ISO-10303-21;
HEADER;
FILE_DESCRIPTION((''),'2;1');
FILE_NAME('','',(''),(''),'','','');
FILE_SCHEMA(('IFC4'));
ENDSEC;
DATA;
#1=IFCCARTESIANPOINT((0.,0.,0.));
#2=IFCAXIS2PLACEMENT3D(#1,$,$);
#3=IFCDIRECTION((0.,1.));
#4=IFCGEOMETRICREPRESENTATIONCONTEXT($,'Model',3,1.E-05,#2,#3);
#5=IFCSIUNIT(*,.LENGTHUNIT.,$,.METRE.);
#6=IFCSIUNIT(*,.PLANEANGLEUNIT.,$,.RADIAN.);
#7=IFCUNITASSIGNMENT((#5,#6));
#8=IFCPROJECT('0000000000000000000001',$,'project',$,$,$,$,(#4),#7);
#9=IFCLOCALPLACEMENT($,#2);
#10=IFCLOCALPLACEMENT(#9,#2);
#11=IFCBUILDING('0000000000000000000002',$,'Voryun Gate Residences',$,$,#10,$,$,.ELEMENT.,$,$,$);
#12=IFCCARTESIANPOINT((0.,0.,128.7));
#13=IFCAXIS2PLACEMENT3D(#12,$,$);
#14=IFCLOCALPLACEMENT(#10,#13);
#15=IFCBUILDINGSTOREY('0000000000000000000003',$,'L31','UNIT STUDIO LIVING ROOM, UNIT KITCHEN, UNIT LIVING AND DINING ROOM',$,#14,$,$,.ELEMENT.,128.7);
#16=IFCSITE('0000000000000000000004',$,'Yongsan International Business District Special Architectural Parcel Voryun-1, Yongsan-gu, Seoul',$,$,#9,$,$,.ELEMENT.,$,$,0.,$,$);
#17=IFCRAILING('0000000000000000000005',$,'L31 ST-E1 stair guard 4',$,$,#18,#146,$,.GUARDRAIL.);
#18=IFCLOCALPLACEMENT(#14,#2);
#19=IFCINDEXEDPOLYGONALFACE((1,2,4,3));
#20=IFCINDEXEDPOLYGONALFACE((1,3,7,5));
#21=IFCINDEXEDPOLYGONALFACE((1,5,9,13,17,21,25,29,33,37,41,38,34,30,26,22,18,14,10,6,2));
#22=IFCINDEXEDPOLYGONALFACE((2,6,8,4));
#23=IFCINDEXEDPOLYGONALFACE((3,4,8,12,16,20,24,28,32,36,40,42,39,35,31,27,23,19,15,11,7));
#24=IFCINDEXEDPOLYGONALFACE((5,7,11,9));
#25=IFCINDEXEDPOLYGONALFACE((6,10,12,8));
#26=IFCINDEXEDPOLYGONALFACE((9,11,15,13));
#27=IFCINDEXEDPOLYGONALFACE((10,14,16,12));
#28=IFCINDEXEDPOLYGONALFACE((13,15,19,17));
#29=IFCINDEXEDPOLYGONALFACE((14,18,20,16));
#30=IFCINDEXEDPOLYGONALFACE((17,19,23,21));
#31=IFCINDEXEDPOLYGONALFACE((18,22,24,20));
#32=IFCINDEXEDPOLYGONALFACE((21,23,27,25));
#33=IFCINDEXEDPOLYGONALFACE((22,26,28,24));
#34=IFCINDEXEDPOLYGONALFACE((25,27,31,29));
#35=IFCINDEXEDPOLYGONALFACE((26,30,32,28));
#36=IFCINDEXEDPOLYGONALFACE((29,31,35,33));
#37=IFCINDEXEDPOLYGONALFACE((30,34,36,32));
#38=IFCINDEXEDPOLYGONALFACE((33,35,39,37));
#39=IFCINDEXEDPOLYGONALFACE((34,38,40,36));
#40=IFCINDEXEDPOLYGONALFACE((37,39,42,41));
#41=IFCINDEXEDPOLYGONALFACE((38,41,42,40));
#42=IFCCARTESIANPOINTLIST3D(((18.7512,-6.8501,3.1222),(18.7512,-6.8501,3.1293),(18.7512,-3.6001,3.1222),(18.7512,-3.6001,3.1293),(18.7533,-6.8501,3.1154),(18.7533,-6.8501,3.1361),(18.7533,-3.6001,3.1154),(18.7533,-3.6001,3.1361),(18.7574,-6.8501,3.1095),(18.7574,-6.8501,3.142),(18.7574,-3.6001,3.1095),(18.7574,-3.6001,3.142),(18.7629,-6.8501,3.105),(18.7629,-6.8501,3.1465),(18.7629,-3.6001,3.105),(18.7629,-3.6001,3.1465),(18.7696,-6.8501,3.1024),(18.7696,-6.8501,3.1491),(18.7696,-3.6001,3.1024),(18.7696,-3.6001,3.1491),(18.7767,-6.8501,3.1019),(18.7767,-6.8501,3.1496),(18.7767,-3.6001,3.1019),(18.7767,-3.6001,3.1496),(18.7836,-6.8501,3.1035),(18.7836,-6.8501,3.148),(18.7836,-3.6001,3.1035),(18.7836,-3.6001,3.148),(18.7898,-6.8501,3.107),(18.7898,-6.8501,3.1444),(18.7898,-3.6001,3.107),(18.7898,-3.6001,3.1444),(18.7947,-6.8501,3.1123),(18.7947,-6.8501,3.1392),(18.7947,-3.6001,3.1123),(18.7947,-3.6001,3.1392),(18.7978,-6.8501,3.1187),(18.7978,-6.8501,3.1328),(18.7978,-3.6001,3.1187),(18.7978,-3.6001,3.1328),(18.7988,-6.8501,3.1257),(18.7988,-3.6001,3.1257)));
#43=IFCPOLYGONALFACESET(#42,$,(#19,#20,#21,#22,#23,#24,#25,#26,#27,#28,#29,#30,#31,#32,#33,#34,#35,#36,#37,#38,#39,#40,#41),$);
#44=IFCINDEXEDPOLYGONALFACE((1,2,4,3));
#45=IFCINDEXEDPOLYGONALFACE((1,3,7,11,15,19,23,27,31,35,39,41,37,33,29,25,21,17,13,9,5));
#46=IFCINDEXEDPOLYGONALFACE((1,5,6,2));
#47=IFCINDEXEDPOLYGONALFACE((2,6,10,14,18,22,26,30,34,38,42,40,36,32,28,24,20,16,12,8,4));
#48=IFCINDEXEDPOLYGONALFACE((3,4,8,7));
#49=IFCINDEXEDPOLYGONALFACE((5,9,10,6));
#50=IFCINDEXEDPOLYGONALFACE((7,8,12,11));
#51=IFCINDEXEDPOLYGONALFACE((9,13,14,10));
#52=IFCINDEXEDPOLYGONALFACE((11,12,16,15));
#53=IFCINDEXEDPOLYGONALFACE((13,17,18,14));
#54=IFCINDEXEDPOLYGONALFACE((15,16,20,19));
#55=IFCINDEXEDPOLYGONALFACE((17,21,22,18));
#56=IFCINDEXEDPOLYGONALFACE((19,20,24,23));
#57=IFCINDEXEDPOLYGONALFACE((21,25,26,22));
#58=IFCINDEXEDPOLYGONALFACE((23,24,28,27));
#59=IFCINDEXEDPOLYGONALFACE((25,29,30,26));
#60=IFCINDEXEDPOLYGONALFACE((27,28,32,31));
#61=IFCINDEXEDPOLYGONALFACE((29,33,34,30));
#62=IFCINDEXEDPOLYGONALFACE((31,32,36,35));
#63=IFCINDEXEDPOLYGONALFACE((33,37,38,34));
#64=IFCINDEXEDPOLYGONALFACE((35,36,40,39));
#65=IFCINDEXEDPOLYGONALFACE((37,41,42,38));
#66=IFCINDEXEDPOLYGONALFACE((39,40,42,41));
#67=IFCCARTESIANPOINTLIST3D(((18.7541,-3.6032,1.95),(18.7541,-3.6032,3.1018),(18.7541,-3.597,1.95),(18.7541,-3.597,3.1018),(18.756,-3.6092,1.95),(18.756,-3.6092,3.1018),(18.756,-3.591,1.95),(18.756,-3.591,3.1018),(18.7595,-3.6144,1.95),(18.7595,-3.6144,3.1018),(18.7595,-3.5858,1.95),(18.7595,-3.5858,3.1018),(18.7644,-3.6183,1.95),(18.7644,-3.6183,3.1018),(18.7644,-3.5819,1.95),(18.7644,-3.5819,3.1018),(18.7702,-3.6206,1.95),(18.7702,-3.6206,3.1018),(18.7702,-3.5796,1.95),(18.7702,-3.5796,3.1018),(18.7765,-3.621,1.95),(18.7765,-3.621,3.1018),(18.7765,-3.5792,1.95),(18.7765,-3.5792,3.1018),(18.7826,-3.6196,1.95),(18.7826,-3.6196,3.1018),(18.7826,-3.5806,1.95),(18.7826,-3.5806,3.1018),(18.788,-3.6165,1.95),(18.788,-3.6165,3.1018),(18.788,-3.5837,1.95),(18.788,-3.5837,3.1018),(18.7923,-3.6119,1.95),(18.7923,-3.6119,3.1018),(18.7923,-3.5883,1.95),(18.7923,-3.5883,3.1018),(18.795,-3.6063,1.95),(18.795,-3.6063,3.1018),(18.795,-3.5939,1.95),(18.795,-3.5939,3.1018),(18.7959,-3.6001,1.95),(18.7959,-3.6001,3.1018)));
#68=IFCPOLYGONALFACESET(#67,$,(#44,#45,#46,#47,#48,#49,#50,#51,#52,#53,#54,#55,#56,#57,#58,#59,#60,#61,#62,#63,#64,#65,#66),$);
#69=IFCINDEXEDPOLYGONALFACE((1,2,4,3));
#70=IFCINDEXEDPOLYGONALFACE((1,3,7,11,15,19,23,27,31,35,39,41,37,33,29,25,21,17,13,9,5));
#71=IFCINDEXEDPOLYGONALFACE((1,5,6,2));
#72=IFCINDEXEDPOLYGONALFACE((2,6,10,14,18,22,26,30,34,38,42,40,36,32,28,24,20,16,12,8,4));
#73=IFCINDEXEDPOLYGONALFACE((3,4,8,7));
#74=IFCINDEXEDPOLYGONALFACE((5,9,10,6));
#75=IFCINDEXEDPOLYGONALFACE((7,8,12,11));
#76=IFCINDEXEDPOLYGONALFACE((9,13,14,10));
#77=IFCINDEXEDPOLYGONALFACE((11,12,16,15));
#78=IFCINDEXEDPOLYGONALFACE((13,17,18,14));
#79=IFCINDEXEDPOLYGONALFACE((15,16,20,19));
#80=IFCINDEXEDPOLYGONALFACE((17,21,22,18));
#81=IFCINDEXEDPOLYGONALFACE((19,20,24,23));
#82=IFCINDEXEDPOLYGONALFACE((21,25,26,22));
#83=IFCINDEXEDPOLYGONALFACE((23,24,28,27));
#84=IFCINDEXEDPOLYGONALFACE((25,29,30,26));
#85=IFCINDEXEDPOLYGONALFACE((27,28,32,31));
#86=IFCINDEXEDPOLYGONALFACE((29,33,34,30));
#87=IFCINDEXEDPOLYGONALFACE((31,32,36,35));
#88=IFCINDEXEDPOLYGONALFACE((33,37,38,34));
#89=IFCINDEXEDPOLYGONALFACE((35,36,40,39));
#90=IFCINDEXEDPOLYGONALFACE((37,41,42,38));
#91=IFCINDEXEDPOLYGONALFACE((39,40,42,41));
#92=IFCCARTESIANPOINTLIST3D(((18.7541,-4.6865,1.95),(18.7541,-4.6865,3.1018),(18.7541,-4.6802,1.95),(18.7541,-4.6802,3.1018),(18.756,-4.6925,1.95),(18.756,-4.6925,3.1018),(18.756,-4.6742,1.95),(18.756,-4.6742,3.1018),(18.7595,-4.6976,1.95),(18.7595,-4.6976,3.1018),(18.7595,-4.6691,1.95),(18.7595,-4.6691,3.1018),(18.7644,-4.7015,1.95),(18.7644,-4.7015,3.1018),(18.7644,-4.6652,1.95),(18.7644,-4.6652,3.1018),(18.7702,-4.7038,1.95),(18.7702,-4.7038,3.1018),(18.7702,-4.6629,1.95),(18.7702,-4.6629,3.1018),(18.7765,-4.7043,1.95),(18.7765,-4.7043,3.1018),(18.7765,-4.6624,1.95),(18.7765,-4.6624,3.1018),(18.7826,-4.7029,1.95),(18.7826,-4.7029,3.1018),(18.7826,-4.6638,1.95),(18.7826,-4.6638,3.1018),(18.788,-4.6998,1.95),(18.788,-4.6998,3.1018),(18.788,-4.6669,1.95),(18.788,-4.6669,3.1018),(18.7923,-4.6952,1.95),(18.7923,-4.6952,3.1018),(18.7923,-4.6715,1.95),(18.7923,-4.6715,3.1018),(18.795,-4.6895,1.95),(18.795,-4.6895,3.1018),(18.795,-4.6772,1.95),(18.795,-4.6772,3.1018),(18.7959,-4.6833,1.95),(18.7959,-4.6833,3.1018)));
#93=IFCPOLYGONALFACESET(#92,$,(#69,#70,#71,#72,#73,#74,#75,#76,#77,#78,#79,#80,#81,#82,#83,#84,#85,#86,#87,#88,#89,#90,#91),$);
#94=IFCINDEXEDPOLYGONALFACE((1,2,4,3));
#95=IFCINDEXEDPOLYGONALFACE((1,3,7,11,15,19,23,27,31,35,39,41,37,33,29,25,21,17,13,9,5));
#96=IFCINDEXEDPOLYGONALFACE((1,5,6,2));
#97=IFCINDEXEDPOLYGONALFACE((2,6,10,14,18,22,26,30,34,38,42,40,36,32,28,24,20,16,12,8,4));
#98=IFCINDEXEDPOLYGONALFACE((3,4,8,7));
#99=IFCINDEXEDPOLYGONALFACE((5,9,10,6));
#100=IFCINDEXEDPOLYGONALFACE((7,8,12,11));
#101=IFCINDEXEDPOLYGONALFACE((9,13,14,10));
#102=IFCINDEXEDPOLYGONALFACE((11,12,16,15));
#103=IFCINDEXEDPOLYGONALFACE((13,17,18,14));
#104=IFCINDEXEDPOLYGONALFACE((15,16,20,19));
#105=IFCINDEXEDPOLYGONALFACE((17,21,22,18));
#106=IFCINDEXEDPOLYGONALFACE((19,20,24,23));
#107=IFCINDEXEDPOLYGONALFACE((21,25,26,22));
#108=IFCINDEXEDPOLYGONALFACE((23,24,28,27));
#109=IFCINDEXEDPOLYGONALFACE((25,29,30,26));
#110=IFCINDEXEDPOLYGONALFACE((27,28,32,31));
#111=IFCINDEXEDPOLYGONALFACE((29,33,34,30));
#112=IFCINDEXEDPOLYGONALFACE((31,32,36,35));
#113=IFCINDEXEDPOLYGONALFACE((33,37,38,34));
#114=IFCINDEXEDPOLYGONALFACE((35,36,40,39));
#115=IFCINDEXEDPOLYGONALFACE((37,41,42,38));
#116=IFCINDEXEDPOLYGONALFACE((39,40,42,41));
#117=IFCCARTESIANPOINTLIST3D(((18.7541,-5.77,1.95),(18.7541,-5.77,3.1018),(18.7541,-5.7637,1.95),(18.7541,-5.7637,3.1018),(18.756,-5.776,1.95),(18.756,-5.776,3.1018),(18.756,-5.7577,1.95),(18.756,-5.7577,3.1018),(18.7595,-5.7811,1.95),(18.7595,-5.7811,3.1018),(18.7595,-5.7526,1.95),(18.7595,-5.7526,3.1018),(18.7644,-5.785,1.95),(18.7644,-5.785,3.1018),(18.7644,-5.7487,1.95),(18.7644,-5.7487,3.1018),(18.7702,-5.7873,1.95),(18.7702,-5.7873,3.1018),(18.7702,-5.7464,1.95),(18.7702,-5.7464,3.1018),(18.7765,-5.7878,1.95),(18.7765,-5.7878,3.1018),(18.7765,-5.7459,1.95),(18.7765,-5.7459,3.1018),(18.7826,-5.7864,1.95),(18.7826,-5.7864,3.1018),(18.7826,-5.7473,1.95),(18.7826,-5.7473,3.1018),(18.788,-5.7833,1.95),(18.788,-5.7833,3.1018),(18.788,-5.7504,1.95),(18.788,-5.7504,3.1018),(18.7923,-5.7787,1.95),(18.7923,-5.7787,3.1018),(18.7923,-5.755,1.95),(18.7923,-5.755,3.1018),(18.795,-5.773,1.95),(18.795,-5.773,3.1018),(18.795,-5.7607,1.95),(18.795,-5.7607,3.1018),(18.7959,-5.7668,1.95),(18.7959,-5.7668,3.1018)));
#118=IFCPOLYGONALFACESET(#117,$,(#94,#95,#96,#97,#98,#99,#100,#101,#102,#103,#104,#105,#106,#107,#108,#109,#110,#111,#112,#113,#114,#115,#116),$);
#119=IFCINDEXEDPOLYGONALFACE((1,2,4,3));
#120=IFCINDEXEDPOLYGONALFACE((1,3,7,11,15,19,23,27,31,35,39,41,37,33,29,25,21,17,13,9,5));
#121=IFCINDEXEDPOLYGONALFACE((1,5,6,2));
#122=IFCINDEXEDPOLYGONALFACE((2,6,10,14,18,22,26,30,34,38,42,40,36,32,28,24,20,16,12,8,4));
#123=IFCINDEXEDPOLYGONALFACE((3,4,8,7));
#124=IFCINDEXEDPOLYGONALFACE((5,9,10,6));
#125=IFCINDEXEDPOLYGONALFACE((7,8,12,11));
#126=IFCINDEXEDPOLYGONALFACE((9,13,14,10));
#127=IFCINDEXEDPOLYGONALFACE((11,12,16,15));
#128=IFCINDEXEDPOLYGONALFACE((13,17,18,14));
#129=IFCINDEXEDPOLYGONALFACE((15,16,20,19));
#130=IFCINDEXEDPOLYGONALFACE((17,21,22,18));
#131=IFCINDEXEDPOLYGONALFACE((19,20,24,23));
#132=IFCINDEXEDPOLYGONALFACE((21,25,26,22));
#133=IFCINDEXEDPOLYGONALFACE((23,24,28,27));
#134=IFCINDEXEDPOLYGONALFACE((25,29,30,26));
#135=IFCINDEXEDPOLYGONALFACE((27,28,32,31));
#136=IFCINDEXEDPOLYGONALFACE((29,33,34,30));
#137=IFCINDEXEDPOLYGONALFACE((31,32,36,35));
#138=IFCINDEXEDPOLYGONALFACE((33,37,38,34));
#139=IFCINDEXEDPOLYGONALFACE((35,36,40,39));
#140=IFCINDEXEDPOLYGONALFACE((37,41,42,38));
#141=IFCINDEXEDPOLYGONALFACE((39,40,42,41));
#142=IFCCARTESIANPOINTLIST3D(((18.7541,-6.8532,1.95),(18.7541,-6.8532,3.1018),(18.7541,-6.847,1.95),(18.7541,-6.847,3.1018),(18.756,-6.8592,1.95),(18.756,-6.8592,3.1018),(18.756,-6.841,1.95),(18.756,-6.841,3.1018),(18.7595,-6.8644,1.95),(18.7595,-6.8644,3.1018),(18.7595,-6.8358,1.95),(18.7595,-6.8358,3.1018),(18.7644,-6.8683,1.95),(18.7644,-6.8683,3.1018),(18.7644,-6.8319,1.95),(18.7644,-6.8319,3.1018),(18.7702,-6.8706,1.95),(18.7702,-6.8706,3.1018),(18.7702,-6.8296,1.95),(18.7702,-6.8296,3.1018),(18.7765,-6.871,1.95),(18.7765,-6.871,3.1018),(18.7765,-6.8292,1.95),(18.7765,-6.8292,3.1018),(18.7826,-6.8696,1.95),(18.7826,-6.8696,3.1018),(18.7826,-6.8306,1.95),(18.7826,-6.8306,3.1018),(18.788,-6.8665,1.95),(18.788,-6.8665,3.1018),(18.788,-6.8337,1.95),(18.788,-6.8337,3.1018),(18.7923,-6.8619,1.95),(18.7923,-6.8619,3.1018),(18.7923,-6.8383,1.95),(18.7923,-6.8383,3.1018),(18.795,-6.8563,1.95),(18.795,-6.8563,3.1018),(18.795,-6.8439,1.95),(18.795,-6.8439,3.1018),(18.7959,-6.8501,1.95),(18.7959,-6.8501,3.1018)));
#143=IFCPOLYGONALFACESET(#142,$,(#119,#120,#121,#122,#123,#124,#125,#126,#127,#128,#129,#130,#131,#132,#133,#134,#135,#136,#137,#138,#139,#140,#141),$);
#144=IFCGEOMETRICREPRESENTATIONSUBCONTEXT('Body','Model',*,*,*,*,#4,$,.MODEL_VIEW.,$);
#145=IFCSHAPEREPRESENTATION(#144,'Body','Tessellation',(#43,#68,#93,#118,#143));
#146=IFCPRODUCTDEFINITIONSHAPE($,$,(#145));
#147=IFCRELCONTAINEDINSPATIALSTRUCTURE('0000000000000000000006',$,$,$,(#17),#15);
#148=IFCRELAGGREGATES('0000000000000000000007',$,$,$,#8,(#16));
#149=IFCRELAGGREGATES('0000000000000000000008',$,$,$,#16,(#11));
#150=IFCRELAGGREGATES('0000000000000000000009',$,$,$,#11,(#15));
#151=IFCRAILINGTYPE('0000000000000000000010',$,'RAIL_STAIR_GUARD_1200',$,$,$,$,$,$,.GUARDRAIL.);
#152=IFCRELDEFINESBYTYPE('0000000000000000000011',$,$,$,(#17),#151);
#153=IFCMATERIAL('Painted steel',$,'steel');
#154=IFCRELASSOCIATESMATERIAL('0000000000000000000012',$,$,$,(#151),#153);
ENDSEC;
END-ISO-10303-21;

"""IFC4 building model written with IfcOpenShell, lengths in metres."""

from ifc_helpers import new_model, si_unit, direction, frame, origin, origin_2d, place, context, subcontext, project, spatial, circle, extrude, material, type_object, element, save


model = new_model("IFC4")

# Units and contexts
model_context = context("Model", 3, precision=1e-05, world=origin(), true_north=direction((0.0, 1.0)))
body_context = subcontext(model_context, "Body", "Model", "MODEL_VIEW")
ifc_project = project(units=[si_unit("LENGTHUNIT", "METRE"), si_unit("PLANEANGLEUNIT", "RADIAN")], contexts=[model_context])

# Site, building, storey
site_placement = place(None, origin())
site = spatial("IfcSite", under=ifc_project, at=site_placement, Name="Yongsan International Business District Special Architectural Parcel Voryun-1, Yongsan-gu, Seoul", CompositionType="ELEMENT", RefElevation=0.0)
building_placement = place(site_placement, origin())
building = spatial("IfcBuilding", under=site, at=building_placement, Name="Voryun Gate Residences", CompositionType="ELEMENT")
storey_placement = place(building_placement, frame((0.0, 0.0, 128.7)))
storey = spatial("IfcBuildingStorey", under=building, at=storey_placement, Name="L31", Description="UNIT STUDIO LIVING ROOM, UNIT KITCHEN, UNIT LIVING AND DINING ROOM", CompositionType="ELEMENT", Elevation=128.7)

# Railing
ifc_material_1 = material(Name="Painted steel", Category="steel")
railing_type_1 = type_object("IfcRailingType", Name="RAIL_STAIR_GUARD_1200", PredefinedType="GUARDRAIL", material=ifc_material_1)
railing_1_placement = place(storey_placement, frame((18.7749, -3.6001, 1.95)))
element("IfcRailing", 1, at=railing_1_placement, inside=storey, type_object=railing_type_1, Name="L31 ST-E1 stair guard 4", PredefinedType="GUARDRAIL", context=body_context, shape_type="SweptSolid", body=[
    extrude(circle(Radius=0.0239, at=origin_2d()), frame((0.0, 0.0, 1.1758), z_axis=(0.0, -1.0, 0.0), x_axis=(1.0, 0.0, 0.0)), (0.0, 0.0, 1.0), 3.25),
    extrude(circle(Radius=0.021, at=origin_2d()), origin(), (0.0, 0.0, 1.0), 1.1519),
    extrude(circle(Radius=0.021, at=origin_2d()), frame((0.0, -1.0833, 0.0)), (0.0, 0.0, 1.0), 1.1519),
    extrude(circle(Radius=0.021, at=origin_2d()), frame((0.0, -2.1667, 0.0)), (0.0, 0.0, 1.0), 1.1519),
    extrude(circle(Radius=0.021, at=origin_2d()), frame((0.0, -3.25, 0.0)), (0.0, 0.0, 1.0), 1.1519),
])

save(model, "model.ifc")
